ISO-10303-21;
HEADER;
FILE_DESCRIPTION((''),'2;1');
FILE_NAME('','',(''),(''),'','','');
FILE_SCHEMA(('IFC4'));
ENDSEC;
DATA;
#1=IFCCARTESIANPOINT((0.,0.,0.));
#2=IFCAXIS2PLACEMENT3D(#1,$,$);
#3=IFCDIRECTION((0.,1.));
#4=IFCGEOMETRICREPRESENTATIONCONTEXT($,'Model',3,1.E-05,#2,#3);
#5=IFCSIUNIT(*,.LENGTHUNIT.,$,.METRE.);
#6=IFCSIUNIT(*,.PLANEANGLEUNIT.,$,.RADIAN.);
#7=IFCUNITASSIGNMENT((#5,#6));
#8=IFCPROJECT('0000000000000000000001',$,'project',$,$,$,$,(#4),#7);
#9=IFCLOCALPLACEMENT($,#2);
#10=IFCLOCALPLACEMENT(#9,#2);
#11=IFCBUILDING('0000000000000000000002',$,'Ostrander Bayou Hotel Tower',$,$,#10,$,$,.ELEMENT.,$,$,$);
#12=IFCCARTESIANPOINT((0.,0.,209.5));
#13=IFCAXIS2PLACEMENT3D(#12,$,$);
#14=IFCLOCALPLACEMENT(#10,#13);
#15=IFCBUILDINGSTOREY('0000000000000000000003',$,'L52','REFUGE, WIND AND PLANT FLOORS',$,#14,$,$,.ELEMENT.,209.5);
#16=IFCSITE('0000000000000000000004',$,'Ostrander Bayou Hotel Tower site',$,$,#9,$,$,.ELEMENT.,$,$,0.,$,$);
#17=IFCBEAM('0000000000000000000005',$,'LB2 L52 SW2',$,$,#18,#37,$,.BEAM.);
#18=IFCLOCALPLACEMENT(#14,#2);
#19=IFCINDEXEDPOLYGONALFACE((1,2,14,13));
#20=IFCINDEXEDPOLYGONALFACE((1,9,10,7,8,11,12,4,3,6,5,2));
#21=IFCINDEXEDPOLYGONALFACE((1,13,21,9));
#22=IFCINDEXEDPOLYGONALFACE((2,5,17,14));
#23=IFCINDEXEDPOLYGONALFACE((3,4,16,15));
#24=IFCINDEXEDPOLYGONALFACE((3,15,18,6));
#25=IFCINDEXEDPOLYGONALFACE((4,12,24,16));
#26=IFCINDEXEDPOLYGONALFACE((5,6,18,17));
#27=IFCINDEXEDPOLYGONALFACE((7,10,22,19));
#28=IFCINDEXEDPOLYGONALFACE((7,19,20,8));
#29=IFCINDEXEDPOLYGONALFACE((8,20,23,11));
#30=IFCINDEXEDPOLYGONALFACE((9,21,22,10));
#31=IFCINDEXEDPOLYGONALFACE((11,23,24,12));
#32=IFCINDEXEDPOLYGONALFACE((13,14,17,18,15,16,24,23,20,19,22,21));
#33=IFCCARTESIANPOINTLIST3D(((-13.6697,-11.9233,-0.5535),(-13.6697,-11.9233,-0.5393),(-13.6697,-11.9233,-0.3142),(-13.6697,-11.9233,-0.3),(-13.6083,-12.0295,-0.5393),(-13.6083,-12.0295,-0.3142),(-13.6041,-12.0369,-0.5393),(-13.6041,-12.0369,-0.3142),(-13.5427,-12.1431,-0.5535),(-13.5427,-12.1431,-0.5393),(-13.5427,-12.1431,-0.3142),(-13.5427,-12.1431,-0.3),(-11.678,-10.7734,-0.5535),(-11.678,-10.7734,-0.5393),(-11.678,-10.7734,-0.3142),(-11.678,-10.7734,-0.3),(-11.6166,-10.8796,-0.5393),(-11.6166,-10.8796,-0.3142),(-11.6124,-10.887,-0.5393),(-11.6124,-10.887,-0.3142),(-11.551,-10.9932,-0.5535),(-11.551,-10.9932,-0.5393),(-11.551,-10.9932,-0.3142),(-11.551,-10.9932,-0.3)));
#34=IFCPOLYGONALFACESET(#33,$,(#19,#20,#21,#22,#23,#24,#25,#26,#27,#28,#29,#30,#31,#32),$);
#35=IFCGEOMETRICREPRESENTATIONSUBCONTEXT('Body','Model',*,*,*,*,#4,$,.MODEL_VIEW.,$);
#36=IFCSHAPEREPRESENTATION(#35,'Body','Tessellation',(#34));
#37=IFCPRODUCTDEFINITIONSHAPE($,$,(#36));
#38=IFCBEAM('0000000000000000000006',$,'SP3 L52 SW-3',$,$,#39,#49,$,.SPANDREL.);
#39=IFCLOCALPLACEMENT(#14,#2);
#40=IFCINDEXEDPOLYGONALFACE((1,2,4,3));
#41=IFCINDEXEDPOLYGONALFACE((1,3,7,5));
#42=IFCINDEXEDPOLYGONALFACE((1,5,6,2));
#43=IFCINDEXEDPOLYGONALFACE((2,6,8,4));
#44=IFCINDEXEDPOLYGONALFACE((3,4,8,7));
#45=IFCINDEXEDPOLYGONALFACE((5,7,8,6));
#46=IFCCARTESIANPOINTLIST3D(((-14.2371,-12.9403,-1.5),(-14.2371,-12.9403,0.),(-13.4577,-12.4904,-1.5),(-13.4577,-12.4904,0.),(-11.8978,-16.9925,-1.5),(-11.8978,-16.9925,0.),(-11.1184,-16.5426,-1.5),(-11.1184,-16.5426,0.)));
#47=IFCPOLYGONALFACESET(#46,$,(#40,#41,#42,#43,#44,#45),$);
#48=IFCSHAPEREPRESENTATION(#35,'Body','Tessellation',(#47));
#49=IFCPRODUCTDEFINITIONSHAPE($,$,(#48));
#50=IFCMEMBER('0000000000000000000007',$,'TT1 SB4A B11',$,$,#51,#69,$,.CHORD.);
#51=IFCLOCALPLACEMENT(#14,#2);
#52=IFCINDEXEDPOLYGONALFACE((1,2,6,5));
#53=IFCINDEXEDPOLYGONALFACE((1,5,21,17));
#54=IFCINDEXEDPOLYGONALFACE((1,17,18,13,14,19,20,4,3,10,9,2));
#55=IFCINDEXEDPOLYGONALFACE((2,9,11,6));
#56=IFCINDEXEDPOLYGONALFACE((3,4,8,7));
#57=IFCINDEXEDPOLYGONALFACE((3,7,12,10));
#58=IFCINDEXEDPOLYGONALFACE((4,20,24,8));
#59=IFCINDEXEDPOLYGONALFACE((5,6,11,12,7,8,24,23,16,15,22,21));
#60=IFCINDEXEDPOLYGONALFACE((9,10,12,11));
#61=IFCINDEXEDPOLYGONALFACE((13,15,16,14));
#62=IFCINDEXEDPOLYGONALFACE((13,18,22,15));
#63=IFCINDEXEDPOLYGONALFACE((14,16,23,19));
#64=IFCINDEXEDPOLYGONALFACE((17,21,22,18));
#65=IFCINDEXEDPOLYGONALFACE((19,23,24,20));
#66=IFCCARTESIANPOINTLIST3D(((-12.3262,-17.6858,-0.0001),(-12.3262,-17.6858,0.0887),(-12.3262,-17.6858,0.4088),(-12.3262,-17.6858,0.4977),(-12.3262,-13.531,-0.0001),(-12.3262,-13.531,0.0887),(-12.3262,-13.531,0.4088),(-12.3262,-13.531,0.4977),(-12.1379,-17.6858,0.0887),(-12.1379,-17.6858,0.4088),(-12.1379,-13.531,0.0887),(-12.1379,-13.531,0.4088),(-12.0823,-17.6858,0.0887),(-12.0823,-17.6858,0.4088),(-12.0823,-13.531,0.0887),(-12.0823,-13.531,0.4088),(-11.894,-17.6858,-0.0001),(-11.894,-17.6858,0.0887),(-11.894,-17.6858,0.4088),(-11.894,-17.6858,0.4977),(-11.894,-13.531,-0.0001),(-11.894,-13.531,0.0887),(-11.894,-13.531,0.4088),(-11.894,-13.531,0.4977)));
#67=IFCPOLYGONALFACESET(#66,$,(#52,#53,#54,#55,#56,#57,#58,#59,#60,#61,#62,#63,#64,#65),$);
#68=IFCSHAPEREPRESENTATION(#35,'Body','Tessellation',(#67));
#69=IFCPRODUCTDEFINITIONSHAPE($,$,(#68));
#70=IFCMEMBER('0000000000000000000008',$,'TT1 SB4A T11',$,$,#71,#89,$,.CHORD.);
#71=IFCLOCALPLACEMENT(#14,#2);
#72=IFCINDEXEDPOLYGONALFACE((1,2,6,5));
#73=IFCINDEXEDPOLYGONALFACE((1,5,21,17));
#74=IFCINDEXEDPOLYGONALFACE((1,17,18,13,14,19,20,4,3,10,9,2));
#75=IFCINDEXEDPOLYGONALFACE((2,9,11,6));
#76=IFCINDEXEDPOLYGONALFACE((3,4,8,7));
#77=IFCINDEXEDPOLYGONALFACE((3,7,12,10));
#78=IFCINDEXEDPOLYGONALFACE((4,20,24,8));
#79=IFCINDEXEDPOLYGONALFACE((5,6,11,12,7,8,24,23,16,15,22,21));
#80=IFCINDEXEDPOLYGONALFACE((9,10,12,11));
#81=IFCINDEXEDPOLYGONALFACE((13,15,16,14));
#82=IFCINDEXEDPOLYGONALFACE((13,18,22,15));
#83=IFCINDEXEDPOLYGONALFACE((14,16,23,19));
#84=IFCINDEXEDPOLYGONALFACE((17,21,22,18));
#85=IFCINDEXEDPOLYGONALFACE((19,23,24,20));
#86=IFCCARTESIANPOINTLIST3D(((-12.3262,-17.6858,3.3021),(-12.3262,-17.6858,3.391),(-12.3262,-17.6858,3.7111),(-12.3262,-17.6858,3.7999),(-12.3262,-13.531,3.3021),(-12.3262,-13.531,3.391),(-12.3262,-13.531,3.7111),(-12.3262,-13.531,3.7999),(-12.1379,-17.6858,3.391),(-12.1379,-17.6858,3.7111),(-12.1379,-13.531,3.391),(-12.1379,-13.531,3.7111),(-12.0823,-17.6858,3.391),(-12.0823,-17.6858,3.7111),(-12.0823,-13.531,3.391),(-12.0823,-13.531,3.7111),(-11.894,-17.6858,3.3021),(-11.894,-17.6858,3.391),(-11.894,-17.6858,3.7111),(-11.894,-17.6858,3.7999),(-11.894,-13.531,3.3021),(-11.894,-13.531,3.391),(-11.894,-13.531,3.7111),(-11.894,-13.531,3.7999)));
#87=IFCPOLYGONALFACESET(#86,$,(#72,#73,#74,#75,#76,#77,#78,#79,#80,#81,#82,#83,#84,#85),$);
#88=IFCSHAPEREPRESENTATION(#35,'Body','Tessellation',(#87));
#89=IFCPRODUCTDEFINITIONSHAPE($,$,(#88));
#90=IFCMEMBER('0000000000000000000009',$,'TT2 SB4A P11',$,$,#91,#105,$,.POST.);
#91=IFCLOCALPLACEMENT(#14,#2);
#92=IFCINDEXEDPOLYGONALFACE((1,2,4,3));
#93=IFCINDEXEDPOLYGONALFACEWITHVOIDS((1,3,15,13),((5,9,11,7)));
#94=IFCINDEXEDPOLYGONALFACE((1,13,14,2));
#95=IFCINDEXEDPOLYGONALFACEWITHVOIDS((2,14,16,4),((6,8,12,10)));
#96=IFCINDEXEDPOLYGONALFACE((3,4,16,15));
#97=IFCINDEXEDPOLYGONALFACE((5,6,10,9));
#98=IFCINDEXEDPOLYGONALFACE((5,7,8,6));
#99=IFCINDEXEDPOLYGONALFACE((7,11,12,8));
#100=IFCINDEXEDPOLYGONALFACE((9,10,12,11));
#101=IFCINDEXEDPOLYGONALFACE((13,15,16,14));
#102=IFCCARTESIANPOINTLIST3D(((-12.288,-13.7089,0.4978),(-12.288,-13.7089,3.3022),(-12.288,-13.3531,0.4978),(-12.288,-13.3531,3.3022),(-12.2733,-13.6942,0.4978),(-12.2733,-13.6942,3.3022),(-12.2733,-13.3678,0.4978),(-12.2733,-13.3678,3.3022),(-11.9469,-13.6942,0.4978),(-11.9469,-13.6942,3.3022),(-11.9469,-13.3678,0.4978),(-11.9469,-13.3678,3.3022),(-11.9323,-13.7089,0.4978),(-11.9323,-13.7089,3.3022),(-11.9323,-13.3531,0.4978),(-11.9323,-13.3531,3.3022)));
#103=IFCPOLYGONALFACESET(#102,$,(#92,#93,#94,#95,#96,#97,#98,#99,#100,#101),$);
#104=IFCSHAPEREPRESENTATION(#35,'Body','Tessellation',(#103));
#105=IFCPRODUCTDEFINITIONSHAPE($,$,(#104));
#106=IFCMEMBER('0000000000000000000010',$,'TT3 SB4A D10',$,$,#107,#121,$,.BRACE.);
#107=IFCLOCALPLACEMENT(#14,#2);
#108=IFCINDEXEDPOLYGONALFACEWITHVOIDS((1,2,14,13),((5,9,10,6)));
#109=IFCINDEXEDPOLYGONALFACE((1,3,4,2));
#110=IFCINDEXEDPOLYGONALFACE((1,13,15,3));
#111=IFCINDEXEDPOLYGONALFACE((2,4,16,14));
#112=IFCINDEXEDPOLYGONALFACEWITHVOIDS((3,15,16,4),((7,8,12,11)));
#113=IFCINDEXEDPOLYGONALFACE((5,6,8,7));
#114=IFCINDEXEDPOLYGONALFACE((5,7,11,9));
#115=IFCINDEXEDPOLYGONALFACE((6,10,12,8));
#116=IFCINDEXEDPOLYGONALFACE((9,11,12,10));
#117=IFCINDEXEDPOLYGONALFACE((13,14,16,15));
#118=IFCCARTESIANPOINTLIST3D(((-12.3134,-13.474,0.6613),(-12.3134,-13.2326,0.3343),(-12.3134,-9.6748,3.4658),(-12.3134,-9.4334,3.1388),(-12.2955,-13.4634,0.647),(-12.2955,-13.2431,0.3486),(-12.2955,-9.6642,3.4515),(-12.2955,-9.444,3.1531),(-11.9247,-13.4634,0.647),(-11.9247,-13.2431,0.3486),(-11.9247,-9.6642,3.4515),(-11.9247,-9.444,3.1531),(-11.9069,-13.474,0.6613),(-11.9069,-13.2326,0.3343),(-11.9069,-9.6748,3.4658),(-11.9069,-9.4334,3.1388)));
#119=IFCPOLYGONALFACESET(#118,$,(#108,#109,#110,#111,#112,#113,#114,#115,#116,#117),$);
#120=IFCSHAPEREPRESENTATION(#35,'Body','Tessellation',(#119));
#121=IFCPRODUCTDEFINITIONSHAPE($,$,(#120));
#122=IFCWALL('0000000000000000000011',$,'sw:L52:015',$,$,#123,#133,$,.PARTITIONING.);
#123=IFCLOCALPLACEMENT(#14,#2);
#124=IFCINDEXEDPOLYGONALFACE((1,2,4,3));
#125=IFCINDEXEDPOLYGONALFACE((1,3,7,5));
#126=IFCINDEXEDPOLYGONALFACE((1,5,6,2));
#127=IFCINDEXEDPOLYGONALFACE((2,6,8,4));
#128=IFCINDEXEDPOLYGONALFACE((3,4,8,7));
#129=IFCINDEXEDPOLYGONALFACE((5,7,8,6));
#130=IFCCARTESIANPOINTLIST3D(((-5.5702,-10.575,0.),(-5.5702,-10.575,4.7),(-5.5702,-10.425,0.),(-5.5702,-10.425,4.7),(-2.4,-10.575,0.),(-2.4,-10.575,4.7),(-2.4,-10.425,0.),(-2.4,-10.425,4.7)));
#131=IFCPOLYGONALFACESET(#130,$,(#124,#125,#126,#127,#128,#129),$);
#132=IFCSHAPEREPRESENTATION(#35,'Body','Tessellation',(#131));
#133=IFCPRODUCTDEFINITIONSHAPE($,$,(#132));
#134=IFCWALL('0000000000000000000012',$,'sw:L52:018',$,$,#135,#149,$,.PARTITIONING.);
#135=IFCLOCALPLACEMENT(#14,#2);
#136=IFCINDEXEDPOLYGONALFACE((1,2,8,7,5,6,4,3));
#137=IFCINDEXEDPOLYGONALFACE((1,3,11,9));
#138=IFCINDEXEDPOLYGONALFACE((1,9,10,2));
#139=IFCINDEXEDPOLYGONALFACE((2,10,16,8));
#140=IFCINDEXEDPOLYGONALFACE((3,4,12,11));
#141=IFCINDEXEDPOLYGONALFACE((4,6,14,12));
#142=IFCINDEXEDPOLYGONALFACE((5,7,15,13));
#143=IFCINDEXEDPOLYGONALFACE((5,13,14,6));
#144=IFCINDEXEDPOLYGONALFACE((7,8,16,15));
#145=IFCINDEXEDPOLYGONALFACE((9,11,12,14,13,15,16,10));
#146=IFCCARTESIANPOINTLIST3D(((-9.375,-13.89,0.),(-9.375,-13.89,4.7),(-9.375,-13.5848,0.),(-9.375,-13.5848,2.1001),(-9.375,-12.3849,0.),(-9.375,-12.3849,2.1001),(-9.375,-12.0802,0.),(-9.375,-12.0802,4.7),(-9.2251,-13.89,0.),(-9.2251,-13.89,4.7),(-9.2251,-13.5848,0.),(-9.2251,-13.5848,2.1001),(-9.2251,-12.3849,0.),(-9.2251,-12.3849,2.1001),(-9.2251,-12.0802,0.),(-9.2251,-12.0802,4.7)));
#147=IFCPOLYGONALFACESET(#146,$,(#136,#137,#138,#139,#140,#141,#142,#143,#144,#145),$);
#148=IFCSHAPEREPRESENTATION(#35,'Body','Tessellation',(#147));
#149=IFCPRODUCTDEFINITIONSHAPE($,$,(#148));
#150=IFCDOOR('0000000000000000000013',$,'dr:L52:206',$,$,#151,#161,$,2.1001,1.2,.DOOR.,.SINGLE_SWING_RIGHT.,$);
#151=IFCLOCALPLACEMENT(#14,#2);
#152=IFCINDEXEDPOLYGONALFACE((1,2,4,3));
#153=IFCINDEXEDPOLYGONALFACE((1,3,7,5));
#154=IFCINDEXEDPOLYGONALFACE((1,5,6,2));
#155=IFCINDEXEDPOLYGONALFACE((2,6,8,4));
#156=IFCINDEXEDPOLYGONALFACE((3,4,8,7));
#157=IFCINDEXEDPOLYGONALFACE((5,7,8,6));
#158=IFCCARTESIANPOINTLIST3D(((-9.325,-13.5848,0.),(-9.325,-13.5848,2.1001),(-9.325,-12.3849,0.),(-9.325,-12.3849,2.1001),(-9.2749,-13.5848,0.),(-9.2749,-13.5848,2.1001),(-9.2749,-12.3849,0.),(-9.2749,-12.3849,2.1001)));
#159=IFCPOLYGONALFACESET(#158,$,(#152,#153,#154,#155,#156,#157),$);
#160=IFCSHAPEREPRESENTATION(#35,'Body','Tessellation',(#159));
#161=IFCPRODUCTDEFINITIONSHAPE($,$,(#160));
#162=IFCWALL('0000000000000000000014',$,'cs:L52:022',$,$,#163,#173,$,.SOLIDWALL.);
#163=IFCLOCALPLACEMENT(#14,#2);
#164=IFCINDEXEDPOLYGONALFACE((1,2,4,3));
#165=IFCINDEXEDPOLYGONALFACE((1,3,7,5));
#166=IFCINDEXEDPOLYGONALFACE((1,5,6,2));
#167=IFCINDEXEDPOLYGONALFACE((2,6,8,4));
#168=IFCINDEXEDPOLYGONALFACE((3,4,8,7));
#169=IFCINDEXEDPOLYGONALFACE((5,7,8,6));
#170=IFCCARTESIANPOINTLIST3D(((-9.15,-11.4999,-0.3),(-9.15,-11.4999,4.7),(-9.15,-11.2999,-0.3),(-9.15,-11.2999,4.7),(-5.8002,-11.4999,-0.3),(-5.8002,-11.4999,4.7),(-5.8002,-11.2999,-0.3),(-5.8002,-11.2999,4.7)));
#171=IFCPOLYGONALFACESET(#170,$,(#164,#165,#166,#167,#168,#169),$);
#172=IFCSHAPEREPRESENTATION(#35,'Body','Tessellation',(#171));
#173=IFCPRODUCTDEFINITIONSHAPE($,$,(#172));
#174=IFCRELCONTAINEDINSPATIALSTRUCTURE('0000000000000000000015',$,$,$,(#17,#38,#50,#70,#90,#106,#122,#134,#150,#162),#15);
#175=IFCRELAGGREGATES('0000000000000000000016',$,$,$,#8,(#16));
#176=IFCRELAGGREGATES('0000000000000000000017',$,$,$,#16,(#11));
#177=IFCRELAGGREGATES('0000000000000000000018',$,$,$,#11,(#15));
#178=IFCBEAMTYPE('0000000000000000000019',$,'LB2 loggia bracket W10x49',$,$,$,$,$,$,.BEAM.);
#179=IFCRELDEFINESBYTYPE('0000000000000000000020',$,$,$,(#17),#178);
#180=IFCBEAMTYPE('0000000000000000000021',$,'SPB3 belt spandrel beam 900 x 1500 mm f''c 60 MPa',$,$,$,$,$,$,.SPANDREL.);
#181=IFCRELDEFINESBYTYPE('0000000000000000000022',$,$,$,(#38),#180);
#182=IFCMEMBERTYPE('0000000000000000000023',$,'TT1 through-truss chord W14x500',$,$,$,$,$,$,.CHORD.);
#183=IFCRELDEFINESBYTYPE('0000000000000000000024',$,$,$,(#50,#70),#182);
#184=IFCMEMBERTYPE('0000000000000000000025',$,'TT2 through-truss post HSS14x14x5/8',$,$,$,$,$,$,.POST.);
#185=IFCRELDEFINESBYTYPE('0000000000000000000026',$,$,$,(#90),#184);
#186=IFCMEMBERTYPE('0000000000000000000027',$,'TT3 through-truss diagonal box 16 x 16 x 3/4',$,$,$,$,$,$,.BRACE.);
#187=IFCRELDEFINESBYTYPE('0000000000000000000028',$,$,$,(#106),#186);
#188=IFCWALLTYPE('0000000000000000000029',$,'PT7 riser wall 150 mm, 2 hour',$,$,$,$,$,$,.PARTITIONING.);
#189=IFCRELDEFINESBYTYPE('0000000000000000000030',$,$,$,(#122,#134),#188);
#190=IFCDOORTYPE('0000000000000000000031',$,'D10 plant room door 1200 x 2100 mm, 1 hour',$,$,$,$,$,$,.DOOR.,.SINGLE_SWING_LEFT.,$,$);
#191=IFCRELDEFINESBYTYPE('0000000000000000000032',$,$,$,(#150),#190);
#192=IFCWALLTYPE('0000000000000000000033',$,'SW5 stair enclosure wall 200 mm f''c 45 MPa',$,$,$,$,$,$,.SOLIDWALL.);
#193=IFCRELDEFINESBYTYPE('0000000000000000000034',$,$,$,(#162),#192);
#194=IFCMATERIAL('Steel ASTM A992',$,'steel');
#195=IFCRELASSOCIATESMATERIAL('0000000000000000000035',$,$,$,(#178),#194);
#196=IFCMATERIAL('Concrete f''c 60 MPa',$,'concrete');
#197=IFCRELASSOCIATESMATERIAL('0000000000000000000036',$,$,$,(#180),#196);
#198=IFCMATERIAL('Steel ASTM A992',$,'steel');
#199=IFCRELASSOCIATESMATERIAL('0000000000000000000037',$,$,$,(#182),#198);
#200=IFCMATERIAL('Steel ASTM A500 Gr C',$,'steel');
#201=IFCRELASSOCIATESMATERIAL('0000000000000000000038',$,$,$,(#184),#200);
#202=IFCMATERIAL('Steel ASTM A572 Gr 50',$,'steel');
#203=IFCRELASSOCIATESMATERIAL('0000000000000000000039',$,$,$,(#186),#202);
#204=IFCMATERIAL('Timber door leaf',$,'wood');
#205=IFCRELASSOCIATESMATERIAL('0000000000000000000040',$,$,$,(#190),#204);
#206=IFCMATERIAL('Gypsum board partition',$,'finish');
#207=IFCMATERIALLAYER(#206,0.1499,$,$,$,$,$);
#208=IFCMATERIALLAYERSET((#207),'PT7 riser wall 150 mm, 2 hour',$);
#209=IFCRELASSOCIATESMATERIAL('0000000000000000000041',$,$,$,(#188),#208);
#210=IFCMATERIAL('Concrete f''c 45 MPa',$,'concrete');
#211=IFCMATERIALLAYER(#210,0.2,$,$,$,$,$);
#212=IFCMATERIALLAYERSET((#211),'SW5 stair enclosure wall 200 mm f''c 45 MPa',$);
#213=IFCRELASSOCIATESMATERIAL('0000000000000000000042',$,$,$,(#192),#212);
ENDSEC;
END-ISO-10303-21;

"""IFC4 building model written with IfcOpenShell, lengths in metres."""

from ifc_helpers import new_model, si_unit, direction, frame, frame_2d, origin, origin_2d, place, context, subcontext, project, spatial, rectangle, hollow_rectangle, i_section, extrude, material, layer, layer_set, material_profile, profile_set, type_object, element, fill, save


model = new_model("IFC4")

# Units and contexts
model_context = context("Model", 3, precision=1e-05, world=origin(), true_north=direction((0.0, 1.0)))
body_context = subcontext(model_context, "Body", "Model", "MODEL_VIEW")
ifc_project = project(units=[si_unit("LENGTHUNIT", "METRE"), si_unit("PLANEANGLEUNIT", "RADIAN")], contexts=[model_context])

# Site, building, storey
site_placement = place(None, origin())
site = spatial("IfcSite", under=ifc_project, at=site_placement, Name="Ostrander Bayou Hotel Tower site", CompositionType="ELEMENT", RefElevation=0.0)
building_placement = place(site_placement, origin())
building = spatial("IfcBuilding", under=site, at=building_placement, Name="Ostrander Bayou Hotel Tower", CompositionType="ELEMENT")
storey_placement = place(building_placement, frame((0.0, 0.0, 209.5)))
storey = spatial("IfcBuildingStorey", under=building, at=storey_placement, Name="L52", Description="REFUGE, WIND AND PLANT FLOORS", CompositionType="ELEMENT", Elevation=209.5)

# Beams
ifc_material_1 = material(Name="Steel ASTM A992", Category="steel")
ifc_material_profile_1 = material_profile(ifc_material_1, i_section(OverallWidth=0.2539, OverallDepth=0.2534, WebThickness=0.0085, FlangeThickness=0.0142, at=origin_2d()))
ifc_profile_set_1 = profile_set([ifc_material_profile_1], Name="Steel ASTM A992")
beam_type_1 = type_object("IfcBeamType", Name="LB2 loggia bracket W10x49", PredefinedType="BEAM", material=ifc_profile_set_1)
beam_1_placement = place(storey_placement, frame((-13.6062, -12.0332, -0.4268), z_axis=(0.866026, 0.499998, 0.0), x_axis=(-0.499998, 0.866026, 0.0)))
element("IfcBeam", 1, at=beam_1_placement, inside=storey, type_object=beam_type_1, Name="LB2 L52 SW2", PredefinedType="BEAM", context=body_context, shape_type="SweptSolid", body=[
    extrude(i_section(OverallWidth=0.2539, OverallDepth=0.2534, WebThickness=0.0085, FlangeThickness=0.0142, at=origin_2d()), origin(), (0.0, 0.0, 1.0), 2.2998),
])
ifc_material_2 = material(Name="Concrete f'c 60 MPa", Category="concrete")
ifc_material_profile_2 = material_profile(ifc_material_2, rectangle(XDim=0.8999, YDim=1.5, at=origin_2d()))
ifc_profile_set_2 = profile_set([ifc_material_profile_2], Name="Concrete f'c 60 MPa")
beam_type_2 = type_object("IfcBeamType", Name="SPB3 belt spandrel beam 900 x 1500 mm f'c 60 MPa", PredefinedType="SPANDREL", material=ifc_profile_set_2)
beam_2_placement = place(storey_placement, frame((-13.8474, -12.7153, -0.75), z_axis=(0.499966, -0.866045, 0.0), x_axis=(0.866045, 0.499966, 0.0)))
element("IfcBeam", 2, at=beam_2_placement, inside=storey, type_object=beam_type_2, Name="SP3 L52 SW-3", PredefinedType="SPANDREL", context=body_context, shape_type="SweptSolid", body=[
    extrude(rectangle(XDim=0.8999, YDim=1.5, at=origin_2d()), origin(), (0.0, 0.0, 1.0), 4.679),
])

# Members
ifc_material_3 = material(Name="Steel ASTM A992", Category="steel")
ifc_material_profile_3 = material_profile(ifc_material_3, i_section(OverallWidth=0.4321, OverallDepth=0.4978, WebThickness=0.0557, FlangeThickness=0.0889, at=origin_2d()))
ifc_profile_set_3 = profile_set([ifc_material_profile_3], Name="Steel ASTM A992")
member_type_1 = type_object("IfcMemberType", Name="TT1 through-truss chord W14x500", PredefinedType="CHORD", material=ifc_profile_set_3)
for number, where, z_axis, x_axis, name in (
    (3, (-12.1101, -13.531, 0.2488), (0.0, -1.0, 0.0), (1.0, 0.0, 0.0), "TT1 SB4A B11"),
    (4, (-12.1101, -13.531, 3.551), (0.0, -1.0, 0.0), (1.0, 0.0, 0.0), "TT1 SB4A T11"),
):
    element("IfcMember", number, at=place(storey_placement, frame(where, z_axis=z_axis, x_axis=x_axis)), inside=storey, type_object=member_type_1, Name=name, PredefinedType="CHORD", context=body_context, shape_type="SweptSolid", body=[
        extrude(i_section(OverallWidth=0.4321, OverallDepth=0.4978, WebThickness=0.0557, FlangeThickness=0.0889, at=origin_2d()), origin(), (0.0, 0.0, 1.0), 4.1548),
    ])
ifc_material_4 = material(Name="Steel ASTM A500 Gr C", Category="steel")
ifc_material_profile_4 = material_profile(ifc_material_4, hollow_rectangle(XDim=0.3557, YDim=0.3557, WallThickness=0.0146, at=origin_2d()))
ifc_profile_set_4 = profile_set([ifc_material_profile_4], Name="Steel ASTM A500 Gr C")
member_type_2 = type_object("IfcMemberType", Name="TT2 through-truss post HSS14x14x5/8", PredefinedType="POST", material=ifc_profile_set_4)
member_1_placement = place(storey_placement, frame((-12.1101, -13.531, 0.4978), z_axis=(0.0, 0.0, 1.0), x_axis=(1.0, 0.0, 0.0)))
element("IfcMember", 5, at=member_1_placement, inside=storey, type_object=member_type_2, Name="TT2 SB4A P11", PredefinedType="POST", context=body_context, shape_type="SweptSolid", body=[
    extrude(hollow_rectangle(XDim=0.3557, YDim=0.3557, WallThickness=0.0146, at=origin_2d()), origin(), (0.0, 0.0, 1.0), 2.8044),
])
ifc_material_5 = material(Name="Steel ASTM A572 Gr 50", Category="steel")
ifc_material_profile_5 = material_profile(ifc_material_5, hollow_rectangle(XDim=0.4065, YDim=0.4065, WallThickness=0.0178, at=origin_2d()))
ifc_profile_set_5 = profile_set([ifc_material_profile_5], Name="Steel ASTM A572 Gr 50")
member_type_3 = type_object("IfcMemberType", Name="TT3 through-truss diagonal box 16 x 16 x 3/4", PredefinedType="BRACE", material=ifc_profile_set_5)
member_2_placement = place(storey_placement, frame((-12.1101, -13.3533, 0.4978), z_axis=(0.0, 0.804537, 0.593902), x_axis=(-1.0, 0.0, 0.0)))
element("IfcMember", 6, at=member_2_placement, inside=storey, type_object=member_type_3, Name="TT3 SB4A D10", PredefinedType="BRACE", context=body_context, shape_type="SweptSolid", body=[
    extrude(hollow_rectangle(XDim=0.4065, YDim=0.4065, WallThickness=0.0178, at=origin_2d()), origin(), (0.0, 0.0, 1.0), 4.7222),
])

# Shared definitions
ifc_material_6 = material(Name="Timber door leaf", Category="wood")
door_type_1 = type_object("IfcDoorType", Name="D10 plant room door 1200 x 2100 mm, 1 hour", OperationType="SINGLE_SWING_LEFT", PredefinedType="DOOR", material=ifc_material_6)

# Wall
ifc_material_7 = material(Name="Gypsum board partition", Category="finish")
ifc_layer_1 = layer(ifc_material_7, 0.1499)
ifc_layer_set_1 = layer_set([ifc_layer_1], Name="PT7 riser wall 150 mm, 2 hour")
wall_type_1 = type_object("IfcWallType", Name="PT7 riser wall 150 mm, 2 hour", PredefinedType="PARTITIONING", material=ifc_layer_set_1)
wall_1_placement = place(storey_placement, frame((-5.5701, -10.5, 0.0), z_axis=(0.0, 0.0, 1.0), x_axis=(1.0, 0.0, 0.0)))
element("IfcWall", 7, at=wall_1_placement, inside=storey, type_object=wall_type_1, Name="sw:L52:015", PredefinedType="PARTITIONING", context=body_context, shape_type="SweptSolid", body=[
    extrude(rectangle(XDim=3.1702, YDim=0.1499, at=frame_2d((1.585, 0.0))), origin(), (0.0, 0.0, 1.0), 4.7),
])

# Wall, opening, door
wall_2_placement = place(storey_placement, frame((-9.3, -13.8899, 0.0), z_axis=(0.0, 0.0, 1.0), x_axis=(0.0, 1.0, 0.0)))
wall_2 = element("IfcWall", 8, at=wall_2_placement, inside=storey, type_object=wall_type_1, Name="sw:L52:018", PredefinedType="PARTITIONING", context=body_context, shape_type="SweptSolid", body=[
    extrude(rectangle(XDim=1.8098, YDim=0.1499, at=frame_2d((0.9048, 0.0))), origin(), (0.0, 0.0, 1.0), 4.7),
])
opening_1_placement = place(wall_2_placement, frame((0.3049, 0.0, 0.0)))
opening_1 = element("IfcOpeningElement", 9, at=opening_1_placement, cuts=wall_2, PredefinedType="OPENING", context=body_context, shape_type="SweptSolid", body=[
    extrude(rectangle(XDim=1.2, YDim=2.1001, at=frame_2d((0.6001, 1.05))), frame((0.0, 0.075, 0.0), z_axis=(0.0, -1.0, 0.0), x_axis=(1.0, 0.0, 0.0)), (0.0, 0.0, 1.0), 0.1499),
])
door_1_placement = place(opening_1_placement, origin())
door_1 = element("IfcDoor", 10, at=door_1_placement, inside=storey, type_object=door_type_1, Name="dr:L52:206", OperationType="SINGLE_SWING_RIGHT", OverallHeight=2.1001, OverallWidth=1.2, PredefinedType="DOOR", context=body_context, shape_type="SweptSolid", body=[
    extrude(rectangle(XDim=1.2, YDim=2.1001, at=frame_2d((0.6001, 1.05))), frame((0.0, 0.0249, 0.0), z_axis=(0.0, -1.0, 0.0), x_axis=(1.0, 0.0, 0.0)), (0.0, 0.0, 1.0), 0.05),
])
fill(opening_1, door_1)

# Wall
ifc_material_8 = material(Name="Concrete f'c 45 MPa", Category="concrete")
ifc_layer_2 = layer(ifc_material_8, 0.2)
ifc_layer_set_2 = layer_set([ifc_layer_2], Name="SW5 stair enclosure wall 200 mm f'c 45 MPa")
wall_type_2 = type_object("IfcWallType", Name="SW5 stair enclosure wall 200 mm f'c 45 MPa", PredefinedType="SOLIDWALL", material=ifc_layer_set_2)
wall_3_placement = place(storey_placement, frame((-9.1499, -11.3999, -0.3), z_axis=(0.0, 0.0, 1.0), x_axis=(1.0, 0.0, 0.0)))
element("IfcWall", 11, at=wall_3_placement, inside=storey, type_object=wall_type_2, Name="cs:L52:022", PredefinedType="SOLIDWALL", context=body_context, shape_type="SweptSolid", body=[
    extrude(rectangle(XDim=3.3499, YDim=0.2, at=frame_2d((1.6748, 0.0))), origin(), (0.0, 0.0, 1.0), 5.0),
])

save(model, "model.ifc")
